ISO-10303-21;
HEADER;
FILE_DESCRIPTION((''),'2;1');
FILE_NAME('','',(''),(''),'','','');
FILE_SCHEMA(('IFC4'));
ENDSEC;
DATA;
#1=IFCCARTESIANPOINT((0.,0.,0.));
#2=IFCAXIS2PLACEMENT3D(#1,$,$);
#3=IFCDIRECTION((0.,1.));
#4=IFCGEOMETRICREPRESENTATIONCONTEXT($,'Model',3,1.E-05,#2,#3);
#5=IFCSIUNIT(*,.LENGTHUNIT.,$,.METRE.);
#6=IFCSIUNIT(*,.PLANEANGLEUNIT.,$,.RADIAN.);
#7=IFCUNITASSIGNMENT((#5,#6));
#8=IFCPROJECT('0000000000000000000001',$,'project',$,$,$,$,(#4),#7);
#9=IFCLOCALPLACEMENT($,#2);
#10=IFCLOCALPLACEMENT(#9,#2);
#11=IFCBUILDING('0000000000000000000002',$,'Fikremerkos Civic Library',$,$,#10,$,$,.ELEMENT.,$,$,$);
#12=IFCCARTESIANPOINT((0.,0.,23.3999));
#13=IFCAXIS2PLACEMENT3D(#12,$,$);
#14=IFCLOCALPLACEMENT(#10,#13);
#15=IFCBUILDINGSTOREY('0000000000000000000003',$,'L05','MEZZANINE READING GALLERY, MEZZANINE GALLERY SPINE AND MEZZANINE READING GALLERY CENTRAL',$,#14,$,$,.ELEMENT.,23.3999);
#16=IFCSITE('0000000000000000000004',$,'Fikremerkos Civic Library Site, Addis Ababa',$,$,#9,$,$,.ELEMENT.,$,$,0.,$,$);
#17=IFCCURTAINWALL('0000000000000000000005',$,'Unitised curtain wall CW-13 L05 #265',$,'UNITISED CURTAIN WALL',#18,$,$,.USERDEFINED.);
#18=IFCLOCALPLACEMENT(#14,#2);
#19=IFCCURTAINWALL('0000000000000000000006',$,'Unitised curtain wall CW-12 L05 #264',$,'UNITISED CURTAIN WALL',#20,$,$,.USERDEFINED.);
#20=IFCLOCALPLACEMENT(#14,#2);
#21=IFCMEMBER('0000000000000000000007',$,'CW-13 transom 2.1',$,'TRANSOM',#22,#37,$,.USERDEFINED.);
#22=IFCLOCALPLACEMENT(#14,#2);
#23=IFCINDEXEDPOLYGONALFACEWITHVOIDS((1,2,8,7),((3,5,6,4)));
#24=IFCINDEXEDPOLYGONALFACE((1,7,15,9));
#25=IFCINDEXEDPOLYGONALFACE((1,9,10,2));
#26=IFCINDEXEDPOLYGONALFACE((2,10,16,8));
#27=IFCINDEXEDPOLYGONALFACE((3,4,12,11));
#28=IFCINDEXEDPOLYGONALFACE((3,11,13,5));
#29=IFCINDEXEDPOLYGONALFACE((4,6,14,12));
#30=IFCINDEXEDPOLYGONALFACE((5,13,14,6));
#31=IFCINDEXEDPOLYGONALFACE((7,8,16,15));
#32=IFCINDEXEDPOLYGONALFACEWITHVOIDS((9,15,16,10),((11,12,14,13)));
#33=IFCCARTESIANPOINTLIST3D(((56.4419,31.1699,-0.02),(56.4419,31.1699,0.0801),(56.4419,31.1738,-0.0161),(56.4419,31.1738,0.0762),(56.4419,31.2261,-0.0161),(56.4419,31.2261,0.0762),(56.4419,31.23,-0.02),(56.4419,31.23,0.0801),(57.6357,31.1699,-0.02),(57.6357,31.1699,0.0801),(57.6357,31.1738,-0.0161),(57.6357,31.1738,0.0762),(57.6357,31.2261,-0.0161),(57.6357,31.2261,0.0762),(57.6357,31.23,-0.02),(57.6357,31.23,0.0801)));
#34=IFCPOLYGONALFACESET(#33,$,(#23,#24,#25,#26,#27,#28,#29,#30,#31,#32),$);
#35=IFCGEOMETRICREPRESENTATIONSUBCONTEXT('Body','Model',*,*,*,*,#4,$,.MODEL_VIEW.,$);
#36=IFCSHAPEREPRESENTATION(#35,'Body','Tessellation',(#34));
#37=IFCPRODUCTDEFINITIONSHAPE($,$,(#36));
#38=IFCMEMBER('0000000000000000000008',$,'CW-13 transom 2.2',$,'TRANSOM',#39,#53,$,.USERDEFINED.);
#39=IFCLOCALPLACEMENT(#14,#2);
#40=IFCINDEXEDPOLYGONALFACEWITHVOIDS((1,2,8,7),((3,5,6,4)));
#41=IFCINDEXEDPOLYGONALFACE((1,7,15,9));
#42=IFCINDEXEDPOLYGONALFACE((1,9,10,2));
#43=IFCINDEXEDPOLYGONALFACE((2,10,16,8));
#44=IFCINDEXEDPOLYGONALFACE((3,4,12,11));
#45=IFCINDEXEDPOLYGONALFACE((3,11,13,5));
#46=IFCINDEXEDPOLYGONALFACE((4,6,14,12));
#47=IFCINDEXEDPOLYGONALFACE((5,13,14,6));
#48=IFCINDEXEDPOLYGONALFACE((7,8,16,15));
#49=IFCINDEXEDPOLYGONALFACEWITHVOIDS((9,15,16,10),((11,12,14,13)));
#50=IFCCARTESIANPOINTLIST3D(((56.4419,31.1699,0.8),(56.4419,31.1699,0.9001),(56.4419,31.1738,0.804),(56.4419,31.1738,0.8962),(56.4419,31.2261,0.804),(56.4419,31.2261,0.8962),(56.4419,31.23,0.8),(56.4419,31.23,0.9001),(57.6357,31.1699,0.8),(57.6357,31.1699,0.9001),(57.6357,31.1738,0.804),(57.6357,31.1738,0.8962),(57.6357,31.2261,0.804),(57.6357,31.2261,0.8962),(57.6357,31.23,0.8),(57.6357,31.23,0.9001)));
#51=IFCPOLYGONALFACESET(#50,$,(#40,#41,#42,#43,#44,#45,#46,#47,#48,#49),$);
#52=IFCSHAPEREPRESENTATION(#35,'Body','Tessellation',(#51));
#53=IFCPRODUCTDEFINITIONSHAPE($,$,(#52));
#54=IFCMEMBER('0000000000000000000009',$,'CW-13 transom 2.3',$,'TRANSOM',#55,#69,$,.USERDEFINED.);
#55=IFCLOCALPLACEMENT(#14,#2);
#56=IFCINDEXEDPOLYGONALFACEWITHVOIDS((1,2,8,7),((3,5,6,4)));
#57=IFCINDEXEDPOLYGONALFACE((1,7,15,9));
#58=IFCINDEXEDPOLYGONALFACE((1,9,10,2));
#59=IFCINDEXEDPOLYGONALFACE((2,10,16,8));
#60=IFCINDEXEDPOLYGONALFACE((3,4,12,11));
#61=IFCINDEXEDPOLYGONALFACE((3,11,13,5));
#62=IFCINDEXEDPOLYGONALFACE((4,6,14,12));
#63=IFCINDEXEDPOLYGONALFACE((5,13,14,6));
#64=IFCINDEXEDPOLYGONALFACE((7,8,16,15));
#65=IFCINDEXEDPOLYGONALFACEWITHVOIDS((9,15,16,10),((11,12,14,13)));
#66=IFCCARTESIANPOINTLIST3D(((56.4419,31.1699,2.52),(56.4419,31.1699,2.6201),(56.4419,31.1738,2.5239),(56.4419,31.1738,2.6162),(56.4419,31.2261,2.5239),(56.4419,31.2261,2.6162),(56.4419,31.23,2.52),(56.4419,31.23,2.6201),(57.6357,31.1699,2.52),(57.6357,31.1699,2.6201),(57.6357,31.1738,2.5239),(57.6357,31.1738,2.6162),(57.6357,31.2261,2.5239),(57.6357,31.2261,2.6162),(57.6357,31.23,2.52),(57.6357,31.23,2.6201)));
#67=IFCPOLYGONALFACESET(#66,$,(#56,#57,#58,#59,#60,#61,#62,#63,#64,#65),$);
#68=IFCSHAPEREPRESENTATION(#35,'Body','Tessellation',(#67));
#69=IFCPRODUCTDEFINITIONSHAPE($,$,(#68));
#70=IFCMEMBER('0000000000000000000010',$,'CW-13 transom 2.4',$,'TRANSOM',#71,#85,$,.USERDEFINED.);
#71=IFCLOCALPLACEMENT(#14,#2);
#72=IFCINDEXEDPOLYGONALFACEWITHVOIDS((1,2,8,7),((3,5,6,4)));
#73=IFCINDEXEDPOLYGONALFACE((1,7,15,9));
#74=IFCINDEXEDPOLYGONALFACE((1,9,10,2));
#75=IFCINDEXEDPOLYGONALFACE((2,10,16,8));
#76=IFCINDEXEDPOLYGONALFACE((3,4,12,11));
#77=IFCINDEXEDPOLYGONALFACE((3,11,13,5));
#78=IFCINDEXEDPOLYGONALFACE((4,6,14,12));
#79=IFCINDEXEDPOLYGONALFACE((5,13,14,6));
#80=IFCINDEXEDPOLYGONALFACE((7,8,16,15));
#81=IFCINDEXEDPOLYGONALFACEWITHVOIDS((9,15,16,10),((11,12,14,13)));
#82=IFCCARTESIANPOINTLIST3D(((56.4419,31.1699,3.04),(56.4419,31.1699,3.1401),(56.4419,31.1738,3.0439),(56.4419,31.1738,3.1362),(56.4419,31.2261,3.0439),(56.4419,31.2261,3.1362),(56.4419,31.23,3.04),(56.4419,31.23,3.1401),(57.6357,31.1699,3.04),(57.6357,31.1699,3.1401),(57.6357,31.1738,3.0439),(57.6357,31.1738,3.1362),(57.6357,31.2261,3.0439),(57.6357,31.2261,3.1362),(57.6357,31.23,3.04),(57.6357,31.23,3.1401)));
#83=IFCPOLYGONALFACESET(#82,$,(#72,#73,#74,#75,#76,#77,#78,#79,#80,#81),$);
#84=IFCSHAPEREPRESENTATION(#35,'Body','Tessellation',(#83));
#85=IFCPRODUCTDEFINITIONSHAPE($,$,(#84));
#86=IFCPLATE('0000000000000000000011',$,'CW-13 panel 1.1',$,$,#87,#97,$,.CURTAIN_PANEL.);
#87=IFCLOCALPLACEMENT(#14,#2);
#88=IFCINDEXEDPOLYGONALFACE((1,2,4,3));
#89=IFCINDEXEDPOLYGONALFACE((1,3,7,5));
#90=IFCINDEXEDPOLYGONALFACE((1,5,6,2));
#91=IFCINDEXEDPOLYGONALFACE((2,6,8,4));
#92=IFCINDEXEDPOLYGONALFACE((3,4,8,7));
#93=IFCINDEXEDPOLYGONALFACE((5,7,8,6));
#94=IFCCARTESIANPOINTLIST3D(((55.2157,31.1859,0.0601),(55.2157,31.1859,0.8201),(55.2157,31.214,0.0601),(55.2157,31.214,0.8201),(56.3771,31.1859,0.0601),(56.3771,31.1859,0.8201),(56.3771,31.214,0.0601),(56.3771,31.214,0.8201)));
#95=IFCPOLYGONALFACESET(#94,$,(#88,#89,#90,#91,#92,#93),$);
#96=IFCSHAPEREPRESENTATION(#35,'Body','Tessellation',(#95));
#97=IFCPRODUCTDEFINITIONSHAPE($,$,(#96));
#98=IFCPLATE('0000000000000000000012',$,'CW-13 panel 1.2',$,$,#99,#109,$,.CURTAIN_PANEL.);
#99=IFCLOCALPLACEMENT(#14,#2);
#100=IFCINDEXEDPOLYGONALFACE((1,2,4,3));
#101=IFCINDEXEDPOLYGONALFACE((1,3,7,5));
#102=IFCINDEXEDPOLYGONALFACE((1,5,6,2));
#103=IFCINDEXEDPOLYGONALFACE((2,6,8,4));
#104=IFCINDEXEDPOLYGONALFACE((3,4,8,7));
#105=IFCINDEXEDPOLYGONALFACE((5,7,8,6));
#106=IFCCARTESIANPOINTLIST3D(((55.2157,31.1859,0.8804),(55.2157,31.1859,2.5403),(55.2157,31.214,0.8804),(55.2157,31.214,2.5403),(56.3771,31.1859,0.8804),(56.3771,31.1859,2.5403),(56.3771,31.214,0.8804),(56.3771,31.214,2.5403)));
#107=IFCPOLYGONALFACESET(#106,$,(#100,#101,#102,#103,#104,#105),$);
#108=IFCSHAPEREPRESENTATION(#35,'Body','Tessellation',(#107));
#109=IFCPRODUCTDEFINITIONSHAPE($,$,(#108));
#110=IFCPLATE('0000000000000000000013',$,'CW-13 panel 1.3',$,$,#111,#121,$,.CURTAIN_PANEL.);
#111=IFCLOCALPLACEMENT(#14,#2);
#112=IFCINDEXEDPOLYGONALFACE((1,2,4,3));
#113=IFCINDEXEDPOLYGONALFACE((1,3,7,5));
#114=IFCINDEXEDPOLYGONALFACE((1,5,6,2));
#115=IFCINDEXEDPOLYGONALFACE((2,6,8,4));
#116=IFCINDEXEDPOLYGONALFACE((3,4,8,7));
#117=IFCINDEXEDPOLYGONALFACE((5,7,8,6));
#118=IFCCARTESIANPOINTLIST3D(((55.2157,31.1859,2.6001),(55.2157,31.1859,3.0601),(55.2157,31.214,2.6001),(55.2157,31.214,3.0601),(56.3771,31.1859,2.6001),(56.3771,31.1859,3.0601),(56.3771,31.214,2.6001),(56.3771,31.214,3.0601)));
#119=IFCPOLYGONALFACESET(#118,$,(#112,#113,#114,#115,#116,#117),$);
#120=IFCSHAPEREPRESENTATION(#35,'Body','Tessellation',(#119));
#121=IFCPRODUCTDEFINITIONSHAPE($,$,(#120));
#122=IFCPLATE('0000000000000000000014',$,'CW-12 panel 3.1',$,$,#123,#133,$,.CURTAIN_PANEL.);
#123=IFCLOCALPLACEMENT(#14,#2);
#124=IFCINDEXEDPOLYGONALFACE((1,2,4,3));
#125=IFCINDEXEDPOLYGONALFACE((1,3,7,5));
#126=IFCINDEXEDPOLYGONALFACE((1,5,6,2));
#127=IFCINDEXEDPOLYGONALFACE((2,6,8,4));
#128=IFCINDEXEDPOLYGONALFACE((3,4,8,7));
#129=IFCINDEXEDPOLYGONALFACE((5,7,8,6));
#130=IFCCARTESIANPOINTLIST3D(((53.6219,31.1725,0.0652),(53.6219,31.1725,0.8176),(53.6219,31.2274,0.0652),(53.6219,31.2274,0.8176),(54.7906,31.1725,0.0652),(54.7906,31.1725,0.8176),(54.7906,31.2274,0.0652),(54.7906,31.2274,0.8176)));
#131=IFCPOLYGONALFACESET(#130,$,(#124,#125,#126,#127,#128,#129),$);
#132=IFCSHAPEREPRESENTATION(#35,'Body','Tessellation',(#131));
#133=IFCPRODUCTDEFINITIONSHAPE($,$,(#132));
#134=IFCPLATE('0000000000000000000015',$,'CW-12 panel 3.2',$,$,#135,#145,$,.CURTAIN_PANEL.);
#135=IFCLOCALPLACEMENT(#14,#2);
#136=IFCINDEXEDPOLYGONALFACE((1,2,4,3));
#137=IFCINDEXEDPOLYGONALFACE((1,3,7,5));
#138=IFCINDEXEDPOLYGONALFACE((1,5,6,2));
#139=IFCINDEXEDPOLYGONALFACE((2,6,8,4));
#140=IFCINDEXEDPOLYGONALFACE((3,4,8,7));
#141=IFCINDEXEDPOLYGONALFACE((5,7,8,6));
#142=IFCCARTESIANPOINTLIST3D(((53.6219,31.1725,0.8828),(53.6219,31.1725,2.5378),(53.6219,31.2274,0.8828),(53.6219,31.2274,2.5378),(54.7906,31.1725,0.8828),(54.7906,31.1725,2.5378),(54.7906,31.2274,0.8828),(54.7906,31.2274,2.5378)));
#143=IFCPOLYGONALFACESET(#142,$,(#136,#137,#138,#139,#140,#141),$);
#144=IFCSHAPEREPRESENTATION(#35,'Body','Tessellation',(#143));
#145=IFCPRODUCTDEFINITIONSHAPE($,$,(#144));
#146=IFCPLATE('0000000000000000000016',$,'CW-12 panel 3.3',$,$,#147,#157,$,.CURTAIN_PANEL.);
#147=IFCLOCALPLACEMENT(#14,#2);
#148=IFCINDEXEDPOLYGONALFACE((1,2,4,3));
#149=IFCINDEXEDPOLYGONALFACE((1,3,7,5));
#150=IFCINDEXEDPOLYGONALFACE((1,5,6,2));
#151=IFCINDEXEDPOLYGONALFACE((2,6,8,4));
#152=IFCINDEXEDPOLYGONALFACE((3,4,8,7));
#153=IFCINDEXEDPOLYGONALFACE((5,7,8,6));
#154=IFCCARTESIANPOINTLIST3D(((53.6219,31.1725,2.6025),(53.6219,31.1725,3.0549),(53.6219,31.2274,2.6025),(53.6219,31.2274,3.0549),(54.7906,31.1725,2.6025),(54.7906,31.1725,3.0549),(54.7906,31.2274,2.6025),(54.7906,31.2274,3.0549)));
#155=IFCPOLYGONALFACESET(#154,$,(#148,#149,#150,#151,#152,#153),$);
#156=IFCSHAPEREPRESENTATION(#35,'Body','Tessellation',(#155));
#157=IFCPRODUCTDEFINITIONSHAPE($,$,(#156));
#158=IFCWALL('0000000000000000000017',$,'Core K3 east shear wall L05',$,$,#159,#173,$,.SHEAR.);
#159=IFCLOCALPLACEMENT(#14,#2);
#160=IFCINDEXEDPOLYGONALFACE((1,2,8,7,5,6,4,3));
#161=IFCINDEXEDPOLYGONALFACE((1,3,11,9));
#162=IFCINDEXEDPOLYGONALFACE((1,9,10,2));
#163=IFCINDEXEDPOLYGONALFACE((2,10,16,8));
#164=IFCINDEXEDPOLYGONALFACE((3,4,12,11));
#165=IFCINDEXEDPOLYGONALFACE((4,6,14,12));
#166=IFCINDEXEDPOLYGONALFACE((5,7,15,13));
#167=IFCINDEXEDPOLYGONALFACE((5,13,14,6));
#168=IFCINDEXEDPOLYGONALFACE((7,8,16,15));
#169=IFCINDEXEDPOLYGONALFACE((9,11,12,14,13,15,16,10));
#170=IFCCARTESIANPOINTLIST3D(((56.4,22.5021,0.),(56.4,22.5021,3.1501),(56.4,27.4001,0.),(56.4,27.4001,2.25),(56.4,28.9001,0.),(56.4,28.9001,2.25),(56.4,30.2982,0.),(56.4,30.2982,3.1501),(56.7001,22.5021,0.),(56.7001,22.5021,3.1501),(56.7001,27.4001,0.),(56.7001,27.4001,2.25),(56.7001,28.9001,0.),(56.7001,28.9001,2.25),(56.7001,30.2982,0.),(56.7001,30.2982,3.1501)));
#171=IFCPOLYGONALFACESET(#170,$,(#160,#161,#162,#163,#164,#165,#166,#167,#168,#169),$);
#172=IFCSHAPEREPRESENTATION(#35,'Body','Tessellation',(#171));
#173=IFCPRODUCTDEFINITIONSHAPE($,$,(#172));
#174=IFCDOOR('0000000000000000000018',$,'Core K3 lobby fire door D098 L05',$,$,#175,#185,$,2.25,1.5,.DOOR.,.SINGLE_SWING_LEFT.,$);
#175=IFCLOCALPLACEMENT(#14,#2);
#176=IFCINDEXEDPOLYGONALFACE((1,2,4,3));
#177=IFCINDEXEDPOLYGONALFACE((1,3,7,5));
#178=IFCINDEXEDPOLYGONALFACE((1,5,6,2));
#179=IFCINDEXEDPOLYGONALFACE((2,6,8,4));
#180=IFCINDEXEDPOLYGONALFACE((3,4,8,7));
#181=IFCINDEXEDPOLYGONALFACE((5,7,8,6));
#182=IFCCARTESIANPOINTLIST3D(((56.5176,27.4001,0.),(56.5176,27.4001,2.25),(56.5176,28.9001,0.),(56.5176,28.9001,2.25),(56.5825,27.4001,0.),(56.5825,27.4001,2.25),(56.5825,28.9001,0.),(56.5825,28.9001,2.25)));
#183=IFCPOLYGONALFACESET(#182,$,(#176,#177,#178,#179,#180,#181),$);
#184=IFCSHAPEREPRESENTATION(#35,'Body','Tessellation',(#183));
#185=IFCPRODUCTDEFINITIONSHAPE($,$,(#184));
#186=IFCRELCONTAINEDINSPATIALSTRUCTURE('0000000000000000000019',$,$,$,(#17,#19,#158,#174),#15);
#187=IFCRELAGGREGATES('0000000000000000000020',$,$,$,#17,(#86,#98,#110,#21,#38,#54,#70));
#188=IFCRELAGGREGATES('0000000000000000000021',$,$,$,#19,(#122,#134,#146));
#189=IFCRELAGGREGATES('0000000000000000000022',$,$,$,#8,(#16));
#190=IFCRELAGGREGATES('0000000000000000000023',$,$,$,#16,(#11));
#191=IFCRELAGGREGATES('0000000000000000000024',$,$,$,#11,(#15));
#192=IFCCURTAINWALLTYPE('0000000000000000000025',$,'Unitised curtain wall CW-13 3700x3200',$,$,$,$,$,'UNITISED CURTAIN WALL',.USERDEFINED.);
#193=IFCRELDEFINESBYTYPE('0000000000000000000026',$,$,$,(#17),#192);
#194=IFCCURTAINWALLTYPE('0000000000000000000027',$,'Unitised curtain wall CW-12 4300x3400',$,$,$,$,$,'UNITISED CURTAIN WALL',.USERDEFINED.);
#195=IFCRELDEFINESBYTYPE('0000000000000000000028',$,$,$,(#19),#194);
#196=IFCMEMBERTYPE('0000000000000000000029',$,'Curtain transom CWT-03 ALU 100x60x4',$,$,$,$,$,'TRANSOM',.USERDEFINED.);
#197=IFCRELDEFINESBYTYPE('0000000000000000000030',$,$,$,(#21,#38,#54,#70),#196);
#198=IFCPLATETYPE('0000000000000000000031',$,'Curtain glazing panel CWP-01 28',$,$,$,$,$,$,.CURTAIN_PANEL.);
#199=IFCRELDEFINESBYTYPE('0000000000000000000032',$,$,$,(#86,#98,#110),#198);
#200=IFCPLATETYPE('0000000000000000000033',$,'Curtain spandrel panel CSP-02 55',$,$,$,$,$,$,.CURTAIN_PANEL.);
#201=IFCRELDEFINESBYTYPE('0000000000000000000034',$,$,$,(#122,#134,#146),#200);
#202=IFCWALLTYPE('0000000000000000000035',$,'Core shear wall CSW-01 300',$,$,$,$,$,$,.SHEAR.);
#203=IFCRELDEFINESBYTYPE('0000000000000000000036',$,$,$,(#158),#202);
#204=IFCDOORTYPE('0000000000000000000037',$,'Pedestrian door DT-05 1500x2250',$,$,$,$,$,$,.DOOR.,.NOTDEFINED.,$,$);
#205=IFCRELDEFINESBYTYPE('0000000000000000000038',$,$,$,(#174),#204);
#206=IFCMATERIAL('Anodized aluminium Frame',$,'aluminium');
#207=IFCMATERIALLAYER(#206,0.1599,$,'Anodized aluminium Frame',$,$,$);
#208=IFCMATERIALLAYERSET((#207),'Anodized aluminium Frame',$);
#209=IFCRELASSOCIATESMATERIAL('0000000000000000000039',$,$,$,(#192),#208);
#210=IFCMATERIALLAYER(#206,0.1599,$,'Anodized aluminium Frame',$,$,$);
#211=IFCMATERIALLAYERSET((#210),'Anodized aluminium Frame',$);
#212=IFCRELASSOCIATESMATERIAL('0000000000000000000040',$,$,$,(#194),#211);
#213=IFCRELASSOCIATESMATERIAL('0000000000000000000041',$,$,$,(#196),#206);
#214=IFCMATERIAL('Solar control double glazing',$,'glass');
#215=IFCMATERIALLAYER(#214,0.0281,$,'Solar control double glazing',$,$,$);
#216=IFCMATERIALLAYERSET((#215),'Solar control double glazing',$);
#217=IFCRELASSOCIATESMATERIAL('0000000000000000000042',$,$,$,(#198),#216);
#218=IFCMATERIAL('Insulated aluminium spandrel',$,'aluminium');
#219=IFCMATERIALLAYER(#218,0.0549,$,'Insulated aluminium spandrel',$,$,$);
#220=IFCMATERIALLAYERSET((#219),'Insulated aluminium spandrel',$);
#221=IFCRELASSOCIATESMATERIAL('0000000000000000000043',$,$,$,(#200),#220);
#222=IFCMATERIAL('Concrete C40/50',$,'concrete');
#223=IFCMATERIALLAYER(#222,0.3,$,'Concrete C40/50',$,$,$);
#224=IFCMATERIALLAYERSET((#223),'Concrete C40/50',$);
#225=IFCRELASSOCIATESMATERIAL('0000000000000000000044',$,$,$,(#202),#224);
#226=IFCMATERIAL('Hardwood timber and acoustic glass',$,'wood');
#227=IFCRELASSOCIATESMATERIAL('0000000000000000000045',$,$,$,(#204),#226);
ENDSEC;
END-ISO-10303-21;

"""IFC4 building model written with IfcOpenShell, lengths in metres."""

from ifc_helpers import new_model, si_unit, direction, frame, frame_2d, origin, origin_2d, place, context, subcontext, project, spatial, rectangle, hollow_rectangle, extrude, material, layer, layer_set, material_profile, profile_set, type_object, element, fill, aggregate, save


model = new_model("IFC4")

# Units and contexts
model_context = context("Model", 3, precision=1e-05, world=origin(), true_north=direction((0.0, 1.0)))
body_context = subcontext(model_context, "Body", "Model", "MODEL_VIEW")
ifc_project = project(units=[si_unit("LENGTHUNIT", "METRE"), si_unit("PLANEANGLEUNIT", "RADIAN")], contexts=[model_context])

# Site, building, storey
site_placement = place(None, origin())
site = spatial("IfcSite", under=ifc_project, at=site_placement, Name="Fikremerkos Civic Library Site, Addis Ababa", CompositionType="ELEMENT", RefElevation=0.0)
building_placement = place(site_placement, origin())
building = spatial("IfcBuilding", under=site, at=building_placement, Name="Fikremerkos Civic Library", CompositionType="ELEMENT")
storey_placement = place(building_placement, frame((0.0, 0.0, 23.3999)))
storey = spatial("IfcBuildingStorey", under=building, at=storey_placement, Name="L05", Description="MEZZANINE READING GALLERY, MEZZANINE GALLERY SPINE AND MEZZANINE READING GALLERY CENTRAL", CompositionType="ELEMENT", Elevation=23.3999)

# Curtain walls
ifc_material_1 = material(Name="Anodized aluminium Frame", Category="aluminium")
ifc_layer_1 = layer(ifc_material_1, 0.1599, Name="Anodized aluminium Frame")
ifc_layer_set_1 = layer_set([ifc_layer_1], Name="Anodized aluminium Frame")
curtain_wall_type_1 = type_object("IfcCurtainWallType", Name="Unitised curtain wall CW-13 3700x3200", ElementType="UNITISED CURTAIN WALL", PredefinedType="USERDEFINED", material=ifc_layer_set_1)
curtain_wall_1_placement = place(storey_placement, origin())
curtain_wall_1 = element("IfcCurtainWall", 1, at=curtain_wall_1_placement, inside=storey, type_object=curtain_wall_type_1, Name="Unitised curtain wall CW-13 L05 #265", ObjectType="UNITISED CURTAIN WALL", PredefinedType="USERDEFINED")
ifc_layer_2 = layer(ifc_material_1, 0.1599, Name="Anodized aluminium Frame")
ifc_layer_set_2 = layer_set([ifc_layer_2], Name="Anodized aluminium Frame")
curtain_wall_type_2 = type_object("IfcCurtainWallType", Name="Unitised curtain wall CW-12 4300x3400", ElementType="UNITISED CURTAIN WALL", PredefinedType="USERDEFINED", material=ifc_layer_set_2)
curtain_wall_2_placement = place(storey_placement, origin())
curtain_wall_2 = element("IfcCurtainWall", 2, at=curtain_wall_2_placement, inside=storey, type_object=curtain_wall_type_2, Name="Unitised curtain wall CW-12 L05 #264", ObjectType="UNITISED CURTAIN WALL", PredefinedType="USERDEFINED")

# Members
ifc_material_profile_1 = material_profile(ifc_material_1, hollow_rectangle(XDim=0.0601, YDim=0.1001, WallThickness=0.0039, at=origin_2d()), Name="ALU 100x60x4")
ifc_profile_set_1 = profile_set([ifc_material_profile_1], Name="Anodized aluminium Frame")
member_type_1 = type_object("IfcMemberType", Name="Curtain transom CWT-03 ALU 100x60x4", ElementType="TRANSOM", PredefinedType="USERDEFINED", material=ifc_profile_set_1)
member_1_placement = place(storey_placement, frame((56.4419, 31.2, 0.03), z_axis=(1.0, 0.0, 0.0), x_axis=(0.0, 1.0, 0.0)))
member_1 = element("IfcMember", 3, at=member_1_placement, type_object=member_type_1, Name="CW-13 transom 2.1", ObjectType="TRANSOM", PredefinedType="USERDEFINED", context=body_context, shape_type="SweptSolid", body=[
    extrude(hollow_rectangle(XDim=0.0601, YDim=0.1001, WallThickness=0.0039, at=origin_2d()), origin(), (0.0, 0.0, 1.0), 1.1938),
])
member_2_placement = place(storey_placement, frame((56.4419, 31.2, 0.8501), z_axis=(1.0, 0.0, 0.0), x_axis=(0.0, 1.0, 0.0)))
member_2 = element("IfcMember", 4, at=member_2_placement, type_object=member_type_1, Name="CW-13 transom 2.2", ObjectType="TRANSOM", PredefinedType="USERDEFINED", context=body_context, shape_type="SweptSolid", body=[
    extrude(hollow_rectangle(XDim=0.0601, YDim=0.1001, WallThickness=0.0039, at=origin_2d()), origin(), (0.0, 0.0, 1.0), 1.1938),
])
member_3_placement = place(storey_placement, frame((56.4419, 31.2, 2.5701), z_axis=(1.0, 0.0, 0.0), x_axis=(0.0, 1.0, 0.0)))
member_3 = element("IfcMember", 5, at=member_3_placement, type_object=member_type_1, Name="CW-13 transom 2.3", ObjectType="TRANSOM", PredefinedType="USERDEFINED", context=body_context, shape_type="SweptSolid", body=[
    extrude(hollow_rectangle(XDim=0.0601, YDim=0.1001, WallThickness=0.0039, at=origin_2d()), origin(), (0.0, 0.0, 1.0), 1.1938),
])
member_4_placement = place(storey_placement, frame((56.4419, 31.2, 3.0901), z_axis=(1.0, 0.0, 0.0), x_axis=(0.0, 1.0, 0.0)))
member_4 = element("IfcMember", 6, at=member_4_placement, type_object=member_type_1, Name="CW-13 transom 2.4", ObjectType="TRANSOM", PredefinedType="USERDEFINED", context=body_context, shape_type="SweptSolid", body=[
    extrude(hollow_rectangle(XDim=0.0601, YDim=0.1001, WallThickness=0.0039, at=origin_2d()), origin(), (0.0, 0.0, 1.0), 1.1938),
])

# Plates
ifc_material_2 = material(Name="Solar control double glazing", Category="glass")
ifc_layer_3 = layer(ifc_material_2, 0.0281, Name="Solar control double glazing")
ifc_layer_set_3 = layer_set([ifc_layer_3], Name="Solar control double glazing")
plate_type_1 = type_object("IfcPlateType", Name="Curtain glazing panel CWP-01 28", PredefinedType="CURTAIN_PANEL", material=ifc_layer_set_3)
plate_1_placement = place(storey_placement, frame((55.7964, 31.2, 0.0601), z_axis=(0.0, 0.0, 1.0), x_axis=(1.0, 0.0, 0.0)))
plate_1 = element("IfcPlate", 7, at=plate_1_placement, type_object=plate_type_1, Name="CW-13 panel 1.1", PredefinedType="CURTAIN_PANEL", context=body_context, shape_type="SweptSolid", body=[
    extrude(rectangle(XDim=1.1614, YDim=0.0281, at=origin_2d()), origin(), (0.0, 0.0, 1.0), 0.76),
])
plate_2_placement = place(storey_placement, frame((55.7964, 31.2, 0.8804), z_axis=(0.0, 0.0, 1.0), x_axis=(1.0, 0.0, 0.0)))
plate_2 = element("IfcPlate", 8, at=plate_2_placement, type_object=plate_type_1, Name="CW-13 panel 1.2", PredefinedType="CURTAIN_PANEL", context=body_context, shape_type="SweptSolid", body=[
    extrude(rectangle(XDim=1.1614, YDim=0.0281, at=origin_2d()), origin(), (0.0, 0.0, 1.0), 1.6599),
])
plate_3_placement = place(storey_placement, frame((55.7964, 31.2, 2.6001), z_axis=(0.0, 0.0, 1.0), x_axis=(1.0, 0.0, 0.0)))
plate_3 = element("IfcPlate", 9, at=plate_3_placement, type_object=plate_type_1, Name="CW-13 panel 1.3", PredefinedType="CURTAIN_PANEL", context=body_context, shape_type="SweptSolid", body=[
    extrude(rectangle(XDim=1.1614, YDim=0.0281, at=origin_2d()), origin(), (0.0, 0.0, 1.0), 0.46),
])
aggregate(curtain_wall_1, [plate_1, plate_2, plate_3, member_1, member_2, member_3, member_4])
ifc_material_3 = material(Name="Insulated aluminium spandrel", Category="aluminium")
ifc_layer_4 = layer(ifc_material_3, 0.0549, Name="Insulated aluminium spandrel")
ifc_layer_set_4 = layer_set([ifc_layer_4], Name="Insulated aluminium spandrel")
plate_type_2 = type_object("IfcPlateType", Name="Curtain spandrel panel CSP-02 55", PredefinedType="CURTAIN_PANEL", material=ifc_layer_set_4)
plate_4_placement = place(storey_placement, frame((54.2063, 31.2, 0.0652), z_axis=(0.0, 0.0, 1.0), x_axis=(1.0, 0.0, 0.0)))
plate_4 = element("IfcPlate", 10, at=plate_4_placement, type_object=plate_type_2, Name="CW-12 panel 3.1", PredefinedType="CURTAIN_PANEL", context=body_context, shape_type="SweptSolid", body=[
    extrude(rectangle(XDim=1.1687, YDim=0.0549, at=origin_2d()), origin(), (0.0, 0.0, 1.0), 0.7524),
])
plate_5_placement = place(storey_placement, frame((54.2063, 31.2, 0.8828), z_axis=(0.0, 0.0, 1.0), x_axis=(1.0, 0.0, 0.0)))
plate_5 = element("IfcPlate", 11, at=plate_5_placement, type_object=plate_type_2, Name="CW-12 panel 3.2", PredefinedType="CURTAIN_PANEL", context=body_context, shape_type="SweptSolid", body=[
    extrude(rectangle(XDim=1.1687, YDim=0.0549, at=origin_2d()), origin(), (0.0, 0.0, 1.0), 1.655),
])
plate_6_placement = place(storey_placement, frame((54.2063, 31.2, 2.6025), z_axis=(0.0, 0.0, 1.0), x_axis=(1.0, 0.0, 0.0)))
plate_6 = element("IfcPlate", 12, at=plate_6_placement, type_object=plate_type_2, Name="CW-12 panel 3.3", PredefinedType="CURTAIN_PANEL", context=body_context, shape_type="SweptSolid", body=[
    extrude(rectangle(XDim=1.1687, YDim=0.0549, at=origin_2d()), origin(), (0.0, 0.0, 1.0), 0.4524),
])
aggregate(curtain_wall_2, [plate_4, plate_5, plate_6])

# Wall, opening, door
ifc_material_4 = material(Name="Concrete C40/50", Category="concrete")
ifc_layer_5 = layer(ifc_material_4, 0.3, Name="Concrete C40/50")
ifc_layer_set_5 = layer_set([ifc_layer_5], Name="Concrete C40/50")
wall_type_1 = type_object("IfcWallType", Name="Core shear wall CSW-01 300", PredefinedType="SHEAR", material=ifc_layer_set_5)
wall_1_placement = place(storey_placement, frame((56.55, 30.2981, 0.0), z_axis=(0.0, 0.0, 1.0), x_axis=(0.0, -1.0, 0.0)))
wall_1 = element("IfcWall", 13, at=wall_1_placement, inside=storey, type_object=wall_type_1, Name="Core K3 east shear wall L05", PredefinedType="SHEAR", context=body_context, shape_type="SweptSolid", body=[
    extrude(rectangle(XDim=7.7961, YDim=0.3, at=frame_2d((3.8979, 0.0))), origin(), (0.0, 0.0, 1.0), 3.1501),
])
opening_placement = place(wall_1_placement, frame((1.3979, 0.0, 0.0)))
opening = element("IfcOpeningElement", 14, at=opening_placement, cuts=wall_1, PredefinedType="OPENING", context=body_context, shape_type="SweptSolid", body=[
    extrude(rectangle(XDim=1.5, YDim=2.25, at=frame_2d((0.75, 1.125))), frame((0.0, 0.1599, 0.0), z_axis=(0.0, -1.0, 0.0), x_axis=(1.0, 0.0, 0.0)), (0.0, 0.0, 1.0), 0.3201),
])
ifc_material_5 = material(Name="Hardwood timber and acoustic glass", Category="wood")
door_type = type_object("IfcDoorType", Name="Pedestrian door DT-05 1500x2250", OperationType="NOTDEFINED", PredefinedType="DOOR", material=ifc_material_5)
door_placement = place(opening_placement, origin())
door = element("IfcDoor", 15, at=door_placement, inside=storey, type_object=door_type, Name="Core K3 lobby fire door D098 L05", OperationType="SINGLE_SWING_LEFT", OverallHeight=2.25, OverallWidth=1.5, PredefinedType="DOOR", context=body_context, shape_type="SweptSolid", body=[
    extrude(rectangle(XDim=1.5, YDim=2.25, at=frame_2d((0.75, 1.125))), frame((0.0, 0.0325, 0.0), z_axis=(0.0, -1.0, 0.0), x_axis=(1.0, 0.0, 0.0)), (0.0, 0.0, 1.0), 0.0649),
])
fill(opening, door)

save(model, "model.ifc")
